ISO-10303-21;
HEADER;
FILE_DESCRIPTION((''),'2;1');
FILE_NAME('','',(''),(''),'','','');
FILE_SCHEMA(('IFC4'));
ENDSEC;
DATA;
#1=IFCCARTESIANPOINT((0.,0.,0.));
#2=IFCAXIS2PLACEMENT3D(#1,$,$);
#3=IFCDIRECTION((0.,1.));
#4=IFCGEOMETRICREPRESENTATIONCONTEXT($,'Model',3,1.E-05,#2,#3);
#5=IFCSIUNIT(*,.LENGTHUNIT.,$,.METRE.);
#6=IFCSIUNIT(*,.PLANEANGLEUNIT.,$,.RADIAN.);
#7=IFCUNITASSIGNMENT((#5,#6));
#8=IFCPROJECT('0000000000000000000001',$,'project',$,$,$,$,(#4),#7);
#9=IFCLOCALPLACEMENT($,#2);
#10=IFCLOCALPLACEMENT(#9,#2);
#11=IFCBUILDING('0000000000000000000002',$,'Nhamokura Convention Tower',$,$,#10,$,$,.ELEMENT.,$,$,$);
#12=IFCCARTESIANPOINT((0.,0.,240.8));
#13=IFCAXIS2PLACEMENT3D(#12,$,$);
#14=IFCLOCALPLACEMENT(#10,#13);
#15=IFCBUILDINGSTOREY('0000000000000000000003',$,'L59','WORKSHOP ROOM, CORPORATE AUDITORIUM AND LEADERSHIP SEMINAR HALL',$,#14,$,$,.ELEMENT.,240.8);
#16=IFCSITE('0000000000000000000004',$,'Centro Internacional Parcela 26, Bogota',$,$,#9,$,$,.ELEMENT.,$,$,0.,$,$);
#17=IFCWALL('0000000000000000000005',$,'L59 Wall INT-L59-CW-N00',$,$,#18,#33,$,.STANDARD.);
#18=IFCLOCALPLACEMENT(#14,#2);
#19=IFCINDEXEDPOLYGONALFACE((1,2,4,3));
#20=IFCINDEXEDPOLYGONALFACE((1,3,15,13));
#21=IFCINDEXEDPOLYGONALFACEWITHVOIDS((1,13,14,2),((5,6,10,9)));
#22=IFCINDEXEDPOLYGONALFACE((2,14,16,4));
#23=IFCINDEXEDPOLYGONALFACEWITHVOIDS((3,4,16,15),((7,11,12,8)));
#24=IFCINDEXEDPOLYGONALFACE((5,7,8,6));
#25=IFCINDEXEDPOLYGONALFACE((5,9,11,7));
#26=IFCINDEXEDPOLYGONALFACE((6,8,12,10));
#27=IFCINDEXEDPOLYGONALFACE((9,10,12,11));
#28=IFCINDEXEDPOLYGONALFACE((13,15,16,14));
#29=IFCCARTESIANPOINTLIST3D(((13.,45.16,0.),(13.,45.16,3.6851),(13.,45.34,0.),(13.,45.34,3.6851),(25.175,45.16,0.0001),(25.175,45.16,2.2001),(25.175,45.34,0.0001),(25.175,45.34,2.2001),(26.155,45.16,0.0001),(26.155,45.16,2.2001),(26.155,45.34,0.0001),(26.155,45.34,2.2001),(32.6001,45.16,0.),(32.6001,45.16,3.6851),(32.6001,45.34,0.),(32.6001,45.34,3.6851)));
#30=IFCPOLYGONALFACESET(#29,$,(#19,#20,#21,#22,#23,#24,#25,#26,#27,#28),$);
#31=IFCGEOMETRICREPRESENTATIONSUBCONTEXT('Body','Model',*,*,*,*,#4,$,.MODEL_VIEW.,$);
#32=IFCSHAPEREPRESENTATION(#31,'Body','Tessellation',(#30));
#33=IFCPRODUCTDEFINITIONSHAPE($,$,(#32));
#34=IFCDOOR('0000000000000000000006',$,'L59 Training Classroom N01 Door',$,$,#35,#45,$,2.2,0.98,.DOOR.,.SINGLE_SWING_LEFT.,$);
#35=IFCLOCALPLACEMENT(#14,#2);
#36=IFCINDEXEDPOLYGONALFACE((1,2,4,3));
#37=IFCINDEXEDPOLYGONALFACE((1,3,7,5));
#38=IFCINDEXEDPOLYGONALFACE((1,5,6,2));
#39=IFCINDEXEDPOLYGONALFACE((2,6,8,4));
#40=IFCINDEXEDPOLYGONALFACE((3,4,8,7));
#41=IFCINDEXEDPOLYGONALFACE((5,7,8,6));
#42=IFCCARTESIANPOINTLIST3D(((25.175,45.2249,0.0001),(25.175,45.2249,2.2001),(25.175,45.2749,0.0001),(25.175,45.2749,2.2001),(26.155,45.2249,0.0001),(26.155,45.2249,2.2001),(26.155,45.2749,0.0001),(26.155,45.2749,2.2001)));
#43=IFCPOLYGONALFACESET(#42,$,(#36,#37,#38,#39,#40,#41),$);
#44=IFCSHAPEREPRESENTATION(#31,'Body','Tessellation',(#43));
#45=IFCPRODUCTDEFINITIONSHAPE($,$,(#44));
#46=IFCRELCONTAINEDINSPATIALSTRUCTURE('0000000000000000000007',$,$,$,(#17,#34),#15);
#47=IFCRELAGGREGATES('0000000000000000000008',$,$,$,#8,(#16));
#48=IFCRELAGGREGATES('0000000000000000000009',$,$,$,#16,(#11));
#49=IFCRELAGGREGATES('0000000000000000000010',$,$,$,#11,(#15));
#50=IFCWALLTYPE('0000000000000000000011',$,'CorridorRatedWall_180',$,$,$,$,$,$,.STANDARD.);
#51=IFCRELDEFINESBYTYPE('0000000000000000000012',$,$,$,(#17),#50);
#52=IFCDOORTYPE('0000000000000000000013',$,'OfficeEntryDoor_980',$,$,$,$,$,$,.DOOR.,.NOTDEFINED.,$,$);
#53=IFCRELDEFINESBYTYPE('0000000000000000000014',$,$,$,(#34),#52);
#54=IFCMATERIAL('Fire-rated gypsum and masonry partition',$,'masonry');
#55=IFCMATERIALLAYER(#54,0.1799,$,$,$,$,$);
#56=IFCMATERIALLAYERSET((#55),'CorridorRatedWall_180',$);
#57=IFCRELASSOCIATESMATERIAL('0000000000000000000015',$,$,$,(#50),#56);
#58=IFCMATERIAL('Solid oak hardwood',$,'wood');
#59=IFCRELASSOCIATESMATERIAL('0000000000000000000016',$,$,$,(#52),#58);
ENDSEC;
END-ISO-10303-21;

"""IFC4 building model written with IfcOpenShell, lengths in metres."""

from ifc_helpers import new_model, si_unit, direction, frame, frame_2d, origin, place, context, subcontext, project, spatial, rectangle, extrude, material, layer, layer_set, type_object, element, fill, save


model = new_model("IFC4")

# Units and contexts
model_context = context("Model", 3, precision=1e-05, world=origin(), true_north=direction((0.0, 1.0)))
body_context = subcontext(model_context, "Body", "Model", "MODEL_VIEW")
ifc_project = project(units=[si_unit("LENGTHUNIT", "METRE"), si_unit("PLANEANGLEUNIT", "RADIAN")], contexts=[model_context])

# Site, building, storey
site_placement = place(None, origin())
site = spatial("IfcSite", under=ifc_project, at=site_placement, Name="Centro Internacional Parcela 26, Bogota", CompositionType="ELEMENT", RefElevation=0.0)
building_placement = place(site_placement, origin())
building = spatial("IfcBuilding", under=site, at=building_placement, Name="Nhamokura Convention Tower", CompositionType="ELEMENT")
storey_placement = place(building_placement, frame((0.0, 0.0, 240.8)))
storey = spatial("IfcBuildingStorey", under=building, at=storey_placement, Name="L59", Description="WORKSHOP ROOM, CORPORATE AUDITORIUM AND LEADERSHIP SEMINAR HALL", CompositionType="ELEMENT", Elevation=240.8)

# Wall, opening, door
ifc_material_1 = material(Name="Fire-rated gypsum and masonry partition", Category="masonry")
ifc_layer_1 = layer(ifc_material_1, 0.1799)
ifc_layer_set_1 = layer_set([ifc_layer_1], Name="CorridorRatedWall_180")
wall_type_1 = type_object("IfcWallType", Name="CorridorRatedWall_180", PredefinedType="STANDARD", material=ifc_layer_set_1)
wall_placement = place(storey_placement, frame((13.0, 45.25, 0.0), z_axis=(0.0, 0.0, 1.0), x_axis=(1.0, 0.0, 0.0)))
wall = element("IfcWall", 1, at=wall_placement, inside=storey, type_object=wall_type_1, Name="L59 Wall INT-L59-CW-N00", PredefinedType="STANDARD", context=body_context, shape_type="SweptSolid", body=[
    extrude(rectangle(XDim=19.6001, YDim=0.1799, at=frame_2d((9.8, 0.0))), origin(), (0.0, 0.0, 1.0), 3.6851),
])
opening_placement = place(wall_placement, frame((12.175, 0.0, 0.0)))
opening = element("IfcOpeningElement", 2, at=opening_placement, cuts=wall, PredefinedType="OPENING", context=body_context, shape_type="SweptSolid", body=[
    extrude(rectangle(XDim=0.98, YDim=2.2, at=frame_2d((0.49, 1.1001))), frame((0.0, 0.0999, 0.0), z_axis=(0.0, -1.0, 0.0), x_axis=(1.0, 0.0, 0.0)), (0.0, 0.0, 1.0), 0.2),
])
ifc_material_2 = material(Name="Solid oak hardwood", Category="wood")
door_type = type_object("IfcDoorType", Name="OfficeEntryDoor_980", OperationType="NOTDEFINED", PredefinedType="DOOR", material=ifc_material_2)
door_placement = place(opening_placement, origin())
door = element("IfcDoor", 3, at=door_placement, inside=storey, type_object=door_type, Name="L59 Training Classroom N01 Door", OperationType="SINGLE_SWING_LEFT", OverallHeight=2.2, OverallWidth=0.98, PredefinedType="DOOR", context=body_context, shape_type="SweptSolid", body=[
    extrude(rectangle(XDim=0.98, YDim=2.2, at=frame_2d((0.49, 1.1001))), frame((0.0, 0.0249, 0.0), z_axis=(0.0, -1.0, 0.0), x_axis=(1.0, 0.0, 0.0)), (0.0, 0.0, 1.0), 0.05),
])
fill(opening, door)

save(model, "model.ifc")
